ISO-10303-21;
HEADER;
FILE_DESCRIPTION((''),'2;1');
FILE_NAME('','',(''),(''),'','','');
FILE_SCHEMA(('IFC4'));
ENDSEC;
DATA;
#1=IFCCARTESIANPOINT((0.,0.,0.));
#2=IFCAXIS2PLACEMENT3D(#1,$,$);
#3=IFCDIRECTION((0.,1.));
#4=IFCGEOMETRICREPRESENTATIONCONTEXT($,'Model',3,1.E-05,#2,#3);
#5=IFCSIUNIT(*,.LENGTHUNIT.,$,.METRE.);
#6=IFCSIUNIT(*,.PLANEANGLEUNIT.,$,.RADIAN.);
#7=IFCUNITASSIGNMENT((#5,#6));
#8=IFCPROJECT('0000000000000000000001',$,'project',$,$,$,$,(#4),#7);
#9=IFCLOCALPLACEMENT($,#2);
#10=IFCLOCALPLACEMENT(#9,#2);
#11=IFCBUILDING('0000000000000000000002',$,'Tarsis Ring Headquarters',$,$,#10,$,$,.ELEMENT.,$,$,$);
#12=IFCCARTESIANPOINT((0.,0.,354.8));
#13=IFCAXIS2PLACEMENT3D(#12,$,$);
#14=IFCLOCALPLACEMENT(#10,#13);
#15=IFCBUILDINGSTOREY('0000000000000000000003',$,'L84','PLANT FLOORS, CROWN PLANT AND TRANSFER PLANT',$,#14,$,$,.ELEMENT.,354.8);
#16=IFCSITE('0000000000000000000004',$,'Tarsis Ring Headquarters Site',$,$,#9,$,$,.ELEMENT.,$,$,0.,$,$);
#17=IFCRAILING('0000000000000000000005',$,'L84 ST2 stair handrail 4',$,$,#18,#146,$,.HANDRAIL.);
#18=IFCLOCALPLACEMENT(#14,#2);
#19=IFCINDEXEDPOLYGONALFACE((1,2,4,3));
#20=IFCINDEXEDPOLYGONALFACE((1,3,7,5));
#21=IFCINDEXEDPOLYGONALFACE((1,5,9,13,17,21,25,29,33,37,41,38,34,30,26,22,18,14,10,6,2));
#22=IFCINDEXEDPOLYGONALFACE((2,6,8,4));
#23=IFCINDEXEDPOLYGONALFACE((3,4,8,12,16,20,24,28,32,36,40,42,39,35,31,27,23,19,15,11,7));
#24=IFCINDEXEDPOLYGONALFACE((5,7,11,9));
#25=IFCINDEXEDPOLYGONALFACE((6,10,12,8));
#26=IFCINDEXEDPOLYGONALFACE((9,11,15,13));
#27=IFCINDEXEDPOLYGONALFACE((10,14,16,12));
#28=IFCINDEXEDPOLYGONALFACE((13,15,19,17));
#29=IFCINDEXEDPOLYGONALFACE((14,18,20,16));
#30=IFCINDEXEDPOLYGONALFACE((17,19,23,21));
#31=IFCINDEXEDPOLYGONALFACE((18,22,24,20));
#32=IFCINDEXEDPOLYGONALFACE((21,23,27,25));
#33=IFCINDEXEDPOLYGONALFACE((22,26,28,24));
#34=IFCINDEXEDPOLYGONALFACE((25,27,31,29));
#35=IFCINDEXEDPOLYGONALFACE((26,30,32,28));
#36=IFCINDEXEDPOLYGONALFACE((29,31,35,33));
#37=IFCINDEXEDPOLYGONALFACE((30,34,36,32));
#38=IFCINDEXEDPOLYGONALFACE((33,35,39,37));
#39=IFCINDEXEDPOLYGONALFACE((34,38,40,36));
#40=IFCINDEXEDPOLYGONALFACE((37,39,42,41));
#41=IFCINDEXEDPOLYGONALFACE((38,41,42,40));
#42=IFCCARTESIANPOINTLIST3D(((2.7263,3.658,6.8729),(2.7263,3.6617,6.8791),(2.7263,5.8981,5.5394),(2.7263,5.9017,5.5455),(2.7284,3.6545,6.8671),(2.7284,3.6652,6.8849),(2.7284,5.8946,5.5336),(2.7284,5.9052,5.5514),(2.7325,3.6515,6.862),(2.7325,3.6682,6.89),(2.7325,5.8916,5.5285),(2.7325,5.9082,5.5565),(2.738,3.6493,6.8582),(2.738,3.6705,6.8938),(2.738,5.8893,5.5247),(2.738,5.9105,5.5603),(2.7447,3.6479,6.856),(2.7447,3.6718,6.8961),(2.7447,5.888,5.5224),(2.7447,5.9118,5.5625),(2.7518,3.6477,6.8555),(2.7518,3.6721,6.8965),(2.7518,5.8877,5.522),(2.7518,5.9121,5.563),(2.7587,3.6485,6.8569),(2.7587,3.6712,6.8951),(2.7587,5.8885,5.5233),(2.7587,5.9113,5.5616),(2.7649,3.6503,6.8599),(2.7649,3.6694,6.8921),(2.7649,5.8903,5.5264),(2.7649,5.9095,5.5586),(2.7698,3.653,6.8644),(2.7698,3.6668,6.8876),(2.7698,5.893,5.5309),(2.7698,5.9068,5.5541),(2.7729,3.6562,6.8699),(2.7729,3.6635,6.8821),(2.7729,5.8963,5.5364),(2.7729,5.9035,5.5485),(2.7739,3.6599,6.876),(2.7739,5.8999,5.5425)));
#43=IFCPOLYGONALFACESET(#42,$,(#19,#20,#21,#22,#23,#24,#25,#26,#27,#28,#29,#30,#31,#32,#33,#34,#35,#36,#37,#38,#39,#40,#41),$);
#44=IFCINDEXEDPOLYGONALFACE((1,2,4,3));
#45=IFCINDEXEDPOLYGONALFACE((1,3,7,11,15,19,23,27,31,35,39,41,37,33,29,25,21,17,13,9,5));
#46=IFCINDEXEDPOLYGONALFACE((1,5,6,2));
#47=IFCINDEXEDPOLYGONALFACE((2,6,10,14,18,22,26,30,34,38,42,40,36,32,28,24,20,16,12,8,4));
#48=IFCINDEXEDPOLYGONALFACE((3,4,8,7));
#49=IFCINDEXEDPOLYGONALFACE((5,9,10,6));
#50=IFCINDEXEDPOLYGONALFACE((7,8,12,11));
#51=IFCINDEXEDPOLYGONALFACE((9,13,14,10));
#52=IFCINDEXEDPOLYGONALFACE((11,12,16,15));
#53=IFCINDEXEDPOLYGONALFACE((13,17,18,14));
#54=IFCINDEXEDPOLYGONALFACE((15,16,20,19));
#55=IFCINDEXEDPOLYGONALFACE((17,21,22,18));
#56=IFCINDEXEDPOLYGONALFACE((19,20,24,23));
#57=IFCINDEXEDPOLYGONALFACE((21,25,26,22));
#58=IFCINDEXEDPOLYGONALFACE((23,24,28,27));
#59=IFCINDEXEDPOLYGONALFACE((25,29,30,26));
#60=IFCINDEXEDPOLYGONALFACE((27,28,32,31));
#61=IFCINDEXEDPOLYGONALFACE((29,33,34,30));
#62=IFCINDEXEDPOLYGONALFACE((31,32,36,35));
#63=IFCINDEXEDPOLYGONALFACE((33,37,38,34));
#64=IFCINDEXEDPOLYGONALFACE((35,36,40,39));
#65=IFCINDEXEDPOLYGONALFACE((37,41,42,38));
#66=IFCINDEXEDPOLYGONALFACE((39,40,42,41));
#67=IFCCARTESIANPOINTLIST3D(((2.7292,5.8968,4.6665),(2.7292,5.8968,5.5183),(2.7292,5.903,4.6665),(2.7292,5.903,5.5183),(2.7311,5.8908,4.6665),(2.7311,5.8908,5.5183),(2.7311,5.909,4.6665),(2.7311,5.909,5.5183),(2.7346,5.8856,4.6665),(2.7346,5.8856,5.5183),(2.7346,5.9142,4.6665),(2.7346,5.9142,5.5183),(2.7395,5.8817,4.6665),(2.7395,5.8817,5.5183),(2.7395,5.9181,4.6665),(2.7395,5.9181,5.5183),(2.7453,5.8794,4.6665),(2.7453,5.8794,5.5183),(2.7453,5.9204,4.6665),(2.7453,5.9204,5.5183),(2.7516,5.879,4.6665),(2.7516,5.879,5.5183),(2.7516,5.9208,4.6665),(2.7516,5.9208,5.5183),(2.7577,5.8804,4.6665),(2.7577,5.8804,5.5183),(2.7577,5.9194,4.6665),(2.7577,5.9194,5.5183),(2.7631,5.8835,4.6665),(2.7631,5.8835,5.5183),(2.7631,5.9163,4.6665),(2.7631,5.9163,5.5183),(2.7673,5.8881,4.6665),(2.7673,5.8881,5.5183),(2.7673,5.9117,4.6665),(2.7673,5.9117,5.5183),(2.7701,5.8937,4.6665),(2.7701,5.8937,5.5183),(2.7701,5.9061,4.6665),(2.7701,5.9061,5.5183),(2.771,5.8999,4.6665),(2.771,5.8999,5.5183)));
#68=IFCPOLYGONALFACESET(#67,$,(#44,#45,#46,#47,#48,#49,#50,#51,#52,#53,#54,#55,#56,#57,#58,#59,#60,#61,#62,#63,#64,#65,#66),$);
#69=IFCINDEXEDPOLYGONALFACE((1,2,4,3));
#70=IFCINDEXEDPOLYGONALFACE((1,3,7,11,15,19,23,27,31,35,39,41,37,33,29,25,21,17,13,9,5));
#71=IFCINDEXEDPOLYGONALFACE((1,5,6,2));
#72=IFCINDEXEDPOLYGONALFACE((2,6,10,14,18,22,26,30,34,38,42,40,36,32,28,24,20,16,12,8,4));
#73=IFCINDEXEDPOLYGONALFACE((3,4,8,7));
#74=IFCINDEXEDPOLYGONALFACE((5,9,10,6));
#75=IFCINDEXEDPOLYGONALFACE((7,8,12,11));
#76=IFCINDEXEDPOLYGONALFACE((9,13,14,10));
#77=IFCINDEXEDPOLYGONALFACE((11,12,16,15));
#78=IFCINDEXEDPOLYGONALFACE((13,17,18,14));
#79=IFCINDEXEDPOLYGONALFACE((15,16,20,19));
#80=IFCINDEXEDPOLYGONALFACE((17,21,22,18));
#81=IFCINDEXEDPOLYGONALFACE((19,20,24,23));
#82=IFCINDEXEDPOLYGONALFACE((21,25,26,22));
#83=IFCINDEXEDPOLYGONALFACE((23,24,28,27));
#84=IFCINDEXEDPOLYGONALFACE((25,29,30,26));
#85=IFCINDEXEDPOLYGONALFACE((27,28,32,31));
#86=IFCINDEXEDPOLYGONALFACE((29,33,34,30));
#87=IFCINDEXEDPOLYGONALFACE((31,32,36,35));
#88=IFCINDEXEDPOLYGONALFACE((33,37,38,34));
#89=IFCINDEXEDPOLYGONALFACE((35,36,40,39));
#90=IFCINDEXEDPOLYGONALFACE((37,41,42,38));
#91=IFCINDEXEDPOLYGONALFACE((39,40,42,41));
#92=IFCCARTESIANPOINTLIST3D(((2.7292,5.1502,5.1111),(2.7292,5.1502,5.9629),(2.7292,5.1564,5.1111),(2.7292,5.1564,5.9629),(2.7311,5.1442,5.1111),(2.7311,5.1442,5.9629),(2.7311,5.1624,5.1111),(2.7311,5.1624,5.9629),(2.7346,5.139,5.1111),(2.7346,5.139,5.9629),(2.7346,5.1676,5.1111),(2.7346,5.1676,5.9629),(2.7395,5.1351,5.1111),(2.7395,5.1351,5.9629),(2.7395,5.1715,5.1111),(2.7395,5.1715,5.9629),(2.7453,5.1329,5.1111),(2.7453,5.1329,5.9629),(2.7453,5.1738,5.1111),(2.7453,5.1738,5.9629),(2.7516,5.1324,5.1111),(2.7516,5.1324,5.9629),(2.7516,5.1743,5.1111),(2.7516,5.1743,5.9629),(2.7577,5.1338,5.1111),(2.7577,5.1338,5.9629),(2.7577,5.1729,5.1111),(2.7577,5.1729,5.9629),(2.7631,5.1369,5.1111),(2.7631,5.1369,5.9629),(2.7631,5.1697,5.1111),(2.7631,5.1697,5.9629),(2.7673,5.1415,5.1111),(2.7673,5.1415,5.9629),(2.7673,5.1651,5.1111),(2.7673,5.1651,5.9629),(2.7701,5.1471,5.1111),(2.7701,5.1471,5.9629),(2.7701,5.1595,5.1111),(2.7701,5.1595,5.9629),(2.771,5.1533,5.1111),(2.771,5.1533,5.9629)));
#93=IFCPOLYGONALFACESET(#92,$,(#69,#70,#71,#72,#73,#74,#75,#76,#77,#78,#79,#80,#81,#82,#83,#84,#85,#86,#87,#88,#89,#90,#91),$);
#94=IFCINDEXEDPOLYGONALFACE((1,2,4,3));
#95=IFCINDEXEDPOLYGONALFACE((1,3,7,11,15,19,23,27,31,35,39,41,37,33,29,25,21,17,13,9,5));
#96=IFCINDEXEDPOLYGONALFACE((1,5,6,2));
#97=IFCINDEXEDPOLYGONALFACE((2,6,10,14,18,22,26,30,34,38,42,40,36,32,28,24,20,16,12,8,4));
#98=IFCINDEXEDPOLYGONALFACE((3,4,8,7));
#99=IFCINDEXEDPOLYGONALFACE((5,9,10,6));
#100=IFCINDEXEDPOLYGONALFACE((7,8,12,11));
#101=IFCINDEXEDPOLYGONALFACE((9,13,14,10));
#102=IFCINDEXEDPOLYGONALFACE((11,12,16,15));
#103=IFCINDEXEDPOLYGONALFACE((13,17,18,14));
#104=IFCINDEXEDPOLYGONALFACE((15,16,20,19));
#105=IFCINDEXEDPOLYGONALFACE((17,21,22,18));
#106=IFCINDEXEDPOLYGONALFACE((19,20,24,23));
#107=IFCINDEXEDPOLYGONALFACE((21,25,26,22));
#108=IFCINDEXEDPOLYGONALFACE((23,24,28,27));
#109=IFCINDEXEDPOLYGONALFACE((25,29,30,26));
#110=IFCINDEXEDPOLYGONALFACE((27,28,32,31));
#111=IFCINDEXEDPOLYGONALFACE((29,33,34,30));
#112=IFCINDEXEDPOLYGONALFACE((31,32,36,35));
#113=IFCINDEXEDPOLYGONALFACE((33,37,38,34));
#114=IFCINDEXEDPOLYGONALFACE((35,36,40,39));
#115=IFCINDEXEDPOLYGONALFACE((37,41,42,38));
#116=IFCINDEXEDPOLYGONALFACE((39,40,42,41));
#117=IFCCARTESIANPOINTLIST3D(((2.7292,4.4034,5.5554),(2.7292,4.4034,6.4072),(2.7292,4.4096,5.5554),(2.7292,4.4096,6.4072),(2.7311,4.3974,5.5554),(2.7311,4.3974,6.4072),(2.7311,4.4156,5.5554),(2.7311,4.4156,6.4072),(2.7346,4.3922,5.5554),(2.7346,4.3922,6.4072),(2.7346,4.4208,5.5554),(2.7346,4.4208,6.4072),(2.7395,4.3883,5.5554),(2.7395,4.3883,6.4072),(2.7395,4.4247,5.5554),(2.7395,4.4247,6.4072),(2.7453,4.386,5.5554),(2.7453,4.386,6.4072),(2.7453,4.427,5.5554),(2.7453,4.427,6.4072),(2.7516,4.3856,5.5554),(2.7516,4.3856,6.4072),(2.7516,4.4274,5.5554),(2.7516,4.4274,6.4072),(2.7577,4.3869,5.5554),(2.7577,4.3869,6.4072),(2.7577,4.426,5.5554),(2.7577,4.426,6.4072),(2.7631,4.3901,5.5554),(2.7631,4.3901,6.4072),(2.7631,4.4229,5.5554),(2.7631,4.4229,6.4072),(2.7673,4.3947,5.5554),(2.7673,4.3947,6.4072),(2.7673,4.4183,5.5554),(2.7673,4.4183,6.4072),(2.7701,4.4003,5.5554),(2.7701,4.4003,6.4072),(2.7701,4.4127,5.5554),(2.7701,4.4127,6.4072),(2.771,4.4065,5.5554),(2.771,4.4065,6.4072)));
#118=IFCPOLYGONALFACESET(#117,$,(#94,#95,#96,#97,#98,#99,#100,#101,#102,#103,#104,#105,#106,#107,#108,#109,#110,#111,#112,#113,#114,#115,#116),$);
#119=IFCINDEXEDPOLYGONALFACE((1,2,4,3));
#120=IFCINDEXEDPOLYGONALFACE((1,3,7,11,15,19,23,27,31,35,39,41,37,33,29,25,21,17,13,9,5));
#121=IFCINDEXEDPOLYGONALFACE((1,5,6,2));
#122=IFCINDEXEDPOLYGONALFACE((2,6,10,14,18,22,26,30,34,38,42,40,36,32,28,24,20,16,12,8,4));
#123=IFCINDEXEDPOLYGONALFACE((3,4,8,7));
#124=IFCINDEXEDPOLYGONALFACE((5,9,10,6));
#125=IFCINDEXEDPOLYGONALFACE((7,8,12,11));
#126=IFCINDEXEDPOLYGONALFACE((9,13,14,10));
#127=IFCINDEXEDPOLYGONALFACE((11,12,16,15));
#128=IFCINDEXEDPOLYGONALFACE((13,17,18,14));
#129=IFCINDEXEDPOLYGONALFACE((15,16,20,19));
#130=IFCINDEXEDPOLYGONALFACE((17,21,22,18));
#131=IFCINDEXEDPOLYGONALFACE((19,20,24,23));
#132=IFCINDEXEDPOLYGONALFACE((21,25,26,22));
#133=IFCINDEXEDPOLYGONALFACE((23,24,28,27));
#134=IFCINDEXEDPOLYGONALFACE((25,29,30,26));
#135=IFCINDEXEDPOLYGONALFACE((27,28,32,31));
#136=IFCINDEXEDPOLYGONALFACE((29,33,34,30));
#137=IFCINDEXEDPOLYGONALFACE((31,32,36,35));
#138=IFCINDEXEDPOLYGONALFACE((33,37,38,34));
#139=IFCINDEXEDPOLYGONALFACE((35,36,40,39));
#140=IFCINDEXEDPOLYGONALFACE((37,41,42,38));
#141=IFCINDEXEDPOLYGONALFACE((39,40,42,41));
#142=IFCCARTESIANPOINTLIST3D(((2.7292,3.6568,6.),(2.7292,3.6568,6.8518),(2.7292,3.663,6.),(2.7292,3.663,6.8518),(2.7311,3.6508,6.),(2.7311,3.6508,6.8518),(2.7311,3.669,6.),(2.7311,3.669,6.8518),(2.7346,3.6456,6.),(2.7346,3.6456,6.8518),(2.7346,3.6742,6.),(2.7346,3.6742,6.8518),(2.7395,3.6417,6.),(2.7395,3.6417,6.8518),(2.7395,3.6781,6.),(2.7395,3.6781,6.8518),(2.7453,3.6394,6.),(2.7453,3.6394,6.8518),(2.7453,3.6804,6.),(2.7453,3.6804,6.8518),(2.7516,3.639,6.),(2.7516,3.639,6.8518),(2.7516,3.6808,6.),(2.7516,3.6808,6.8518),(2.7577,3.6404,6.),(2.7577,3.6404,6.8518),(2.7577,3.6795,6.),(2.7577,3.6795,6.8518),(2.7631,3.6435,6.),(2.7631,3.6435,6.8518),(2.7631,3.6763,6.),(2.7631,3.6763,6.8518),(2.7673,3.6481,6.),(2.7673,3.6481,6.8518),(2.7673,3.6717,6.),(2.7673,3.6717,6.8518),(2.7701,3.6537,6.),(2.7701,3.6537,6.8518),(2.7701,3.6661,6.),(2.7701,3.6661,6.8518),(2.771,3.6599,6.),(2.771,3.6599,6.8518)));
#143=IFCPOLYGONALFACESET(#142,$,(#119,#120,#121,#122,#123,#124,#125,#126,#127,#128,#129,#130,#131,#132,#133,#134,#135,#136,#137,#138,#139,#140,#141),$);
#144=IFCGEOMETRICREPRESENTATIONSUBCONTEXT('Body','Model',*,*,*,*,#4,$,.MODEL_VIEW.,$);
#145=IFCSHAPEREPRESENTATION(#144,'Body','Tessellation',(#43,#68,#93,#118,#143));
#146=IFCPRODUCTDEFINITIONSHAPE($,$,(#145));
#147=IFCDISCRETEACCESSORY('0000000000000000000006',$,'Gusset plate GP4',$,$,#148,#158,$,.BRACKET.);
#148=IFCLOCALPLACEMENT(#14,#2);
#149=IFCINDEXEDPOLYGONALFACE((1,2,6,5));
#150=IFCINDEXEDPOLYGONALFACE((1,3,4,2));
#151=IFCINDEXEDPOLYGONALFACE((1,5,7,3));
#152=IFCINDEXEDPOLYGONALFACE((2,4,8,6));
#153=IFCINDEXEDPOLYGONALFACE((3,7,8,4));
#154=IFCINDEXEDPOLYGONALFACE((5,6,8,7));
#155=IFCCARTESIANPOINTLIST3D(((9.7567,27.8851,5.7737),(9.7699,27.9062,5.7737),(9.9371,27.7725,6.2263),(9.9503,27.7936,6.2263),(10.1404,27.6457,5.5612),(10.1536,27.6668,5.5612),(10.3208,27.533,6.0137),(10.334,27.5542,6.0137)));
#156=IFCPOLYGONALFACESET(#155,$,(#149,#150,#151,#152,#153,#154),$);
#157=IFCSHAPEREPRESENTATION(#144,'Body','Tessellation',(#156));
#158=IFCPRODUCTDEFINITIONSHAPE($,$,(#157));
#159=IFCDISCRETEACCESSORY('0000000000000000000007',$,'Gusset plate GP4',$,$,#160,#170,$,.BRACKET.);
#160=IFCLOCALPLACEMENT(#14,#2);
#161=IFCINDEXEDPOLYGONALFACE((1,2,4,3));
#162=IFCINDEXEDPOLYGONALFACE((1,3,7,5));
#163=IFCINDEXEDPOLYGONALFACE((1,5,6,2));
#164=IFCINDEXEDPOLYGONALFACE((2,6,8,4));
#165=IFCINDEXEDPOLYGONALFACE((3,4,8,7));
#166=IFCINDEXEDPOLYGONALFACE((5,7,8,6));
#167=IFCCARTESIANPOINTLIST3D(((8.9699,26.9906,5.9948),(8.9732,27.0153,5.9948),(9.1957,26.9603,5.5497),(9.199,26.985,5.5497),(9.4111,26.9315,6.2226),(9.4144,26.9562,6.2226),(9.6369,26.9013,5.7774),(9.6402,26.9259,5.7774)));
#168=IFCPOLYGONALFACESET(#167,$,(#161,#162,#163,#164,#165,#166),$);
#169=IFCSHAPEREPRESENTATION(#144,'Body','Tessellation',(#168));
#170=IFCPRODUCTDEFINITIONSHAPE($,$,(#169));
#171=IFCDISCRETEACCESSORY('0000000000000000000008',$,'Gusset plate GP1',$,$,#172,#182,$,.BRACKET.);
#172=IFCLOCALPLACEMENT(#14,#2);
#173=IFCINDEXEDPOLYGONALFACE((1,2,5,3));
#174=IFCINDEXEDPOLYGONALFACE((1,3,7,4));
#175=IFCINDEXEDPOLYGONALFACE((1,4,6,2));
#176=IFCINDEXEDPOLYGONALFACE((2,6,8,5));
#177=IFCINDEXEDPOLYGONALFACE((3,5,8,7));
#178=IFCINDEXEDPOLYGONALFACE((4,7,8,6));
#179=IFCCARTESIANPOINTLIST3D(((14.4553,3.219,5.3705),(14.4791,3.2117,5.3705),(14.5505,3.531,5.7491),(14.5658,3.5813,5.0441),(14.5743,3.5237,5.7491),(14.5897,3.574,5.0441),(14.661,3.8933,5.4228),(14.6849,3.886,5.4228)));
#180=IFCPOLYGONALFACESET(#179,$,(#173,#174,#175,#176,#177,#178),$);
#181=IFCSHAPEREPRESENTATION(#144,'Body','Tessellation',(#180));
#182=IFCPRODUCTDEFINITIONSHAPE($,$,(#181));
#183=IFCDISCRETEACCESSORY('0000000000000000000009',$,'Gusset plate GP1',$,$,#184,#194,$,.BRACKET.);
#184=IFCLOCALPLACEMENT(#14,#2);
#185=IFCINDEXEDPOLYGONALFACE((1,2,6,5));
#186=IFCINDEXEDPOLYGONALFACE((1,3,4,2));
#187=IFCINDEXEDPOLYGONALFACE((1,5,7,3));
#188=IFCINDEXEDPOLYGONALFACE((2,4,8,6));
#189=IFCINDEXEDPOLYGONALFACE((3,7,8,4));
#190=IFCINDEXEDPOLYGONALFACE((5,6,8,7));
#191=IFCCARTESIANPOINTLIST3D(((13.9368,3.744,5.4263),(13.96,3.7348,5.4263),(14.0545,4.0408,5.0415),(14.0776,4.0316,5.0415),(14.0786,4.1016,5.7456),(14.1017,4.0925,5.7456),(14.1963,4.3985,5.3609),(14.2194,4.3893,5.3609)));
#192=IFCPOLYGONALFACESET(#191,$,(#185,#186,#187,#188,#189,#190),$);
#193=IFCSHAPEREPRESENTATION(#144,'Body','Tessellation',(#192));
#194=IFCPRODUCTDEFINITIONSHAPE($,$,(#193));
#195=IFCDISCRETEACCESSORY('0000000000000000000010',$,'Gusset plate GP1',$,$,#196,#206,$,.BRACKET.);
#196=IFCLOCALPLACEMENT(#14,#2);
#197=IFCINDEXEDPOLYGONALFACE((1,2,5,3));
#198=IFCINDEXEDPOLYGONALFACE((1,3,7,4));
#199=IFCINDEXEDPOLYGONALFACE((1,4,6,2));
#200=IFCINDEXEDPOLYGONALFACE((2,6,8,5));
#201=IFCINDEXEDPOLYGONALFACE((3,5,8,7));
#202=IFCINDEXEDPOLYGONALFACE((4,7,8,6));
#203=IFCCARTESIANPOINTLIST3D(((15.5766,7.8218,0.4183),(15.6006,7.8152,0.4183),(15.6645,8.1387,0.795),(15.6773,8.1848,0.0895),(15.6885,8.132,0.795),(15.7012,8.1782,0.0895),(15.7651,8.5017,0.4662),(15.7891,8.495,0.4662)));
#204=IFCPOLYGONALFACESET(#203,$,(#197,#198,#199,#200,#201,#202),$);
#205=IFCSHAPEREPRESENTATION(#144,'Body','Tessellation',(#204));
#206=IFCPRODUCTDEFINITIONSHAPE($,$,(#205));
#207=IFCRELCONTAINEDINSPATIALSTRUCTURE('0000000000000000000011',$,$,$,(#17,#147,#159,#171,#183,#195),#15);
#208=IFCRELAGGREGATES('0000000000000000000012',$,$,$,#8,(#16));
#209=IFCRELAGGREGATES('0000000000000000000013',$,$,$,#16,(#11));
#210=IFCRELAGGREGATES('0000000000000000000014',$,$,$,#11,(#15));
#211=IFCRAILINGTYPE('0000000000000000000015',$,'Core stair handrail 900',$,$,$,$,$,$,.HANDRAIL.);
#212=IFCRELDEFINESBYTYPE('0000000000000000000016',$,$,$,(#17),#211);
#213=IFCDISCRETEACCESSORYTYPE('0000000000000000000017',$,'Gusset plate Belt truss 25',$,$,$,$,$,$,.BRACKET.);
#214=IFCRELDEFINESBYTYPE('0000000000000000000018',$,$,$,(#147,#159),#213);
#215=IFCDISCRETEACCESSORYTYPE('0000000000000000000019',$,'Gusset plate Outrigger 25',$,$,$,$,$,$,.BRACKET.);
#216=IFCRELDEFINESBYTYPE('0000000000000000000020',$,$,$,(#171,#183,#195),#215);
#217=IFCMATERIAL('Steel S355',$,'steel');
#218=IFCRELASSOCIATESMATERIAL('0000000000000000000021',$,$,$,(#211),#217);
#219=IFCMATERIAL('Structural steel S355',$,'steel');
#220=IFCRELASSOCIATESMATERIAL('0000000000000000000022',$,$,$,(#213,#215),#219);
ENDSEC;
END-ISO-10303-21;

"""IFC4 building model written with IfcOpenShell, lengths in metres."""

from ifc_helpers import new_model, si_unit, direction, frame, origin, origin_2d, place, context, subcontext, project, spatial, rectangle, circle, extrude, material, material_profile, profile_set, type_object, element, save


model = new_model("IFC4")

# Units and contexts
model_context = context("Model", 3, precision=1e-05, world=origin(), true_north=direction((0.0, 1.0)))
body_context = subcontext(model_context, "Body", "Model", "MODEL_VIEW")
ifc_project = project(units=[si_unit("LENGTHUNIT", "METRE"), si_unit("PLANEANGLEUNIT", "RADIAN")], contexts=[model_context])

# Site, building, storey
site_placement = place(None, origin())
site = spatial("IfcSite", under=ifc_project, at=site_placement, Name="Tarsis Ring Headquarters Site", CompositionType="ELEMENT", RefElevation=0.0)
building_placement = place(site_placement, origin())
building = spatial("IfcBuilding", under=site, at=building_placement, Name="Tarsis Ring Headquarters", CompositionType="ELEMENT")
storey_placement = place(building_placement, frame((0.0, 0.0, 354.8)))
storey = spatial("IfcBuildingStorey", under=building, at=storey_placement, Name="L84", Description="PLANT FLOORS, CROWN PLANT AND TRANSFER PLANT", CompositionType="ELEMENT", Elevation=354.8)

# Shared definitions
ifc_material_1 = material(Name="Structural steel S355", Category="steel")

# Railing
ifc_material_2 = material(Name="Steel S355", Category="steel")
railing_type_1 = type_object("IfcRailingType", Name="Core stair handrail 900", PredefinedType="HANDRAIL", material=ifc_material_2)
railing_1_placement = place(storey_placement, frame((2.75, 5.8999, 4.6665)))
element("IfcRailing", 1, at=railing_1_placement, inside=storey, type_object=railing_type_1, Name="L84 ST2 stair handrail 4", PredefinedType="HANDRAIL", context=body_context, shape_type="SweptSolid", body=[
    extrude(circle(Radius=0.0239, at=origin_2d()), frame((0.0, 0.0, 0.876), z_axis=(0.0, -0.859264, 0.511532), x_axis=(1.0, 0.0, 0.0)), (0.0, 0.0, 1.0), 2.6069),
    extrude(circle(Radius=0.021, at=origin_2d()), origin(), (0.0, 0.0, 1.0), 0.8518),
    extrude(circle(Radius=0.021, at=origin_2d()), frame((0.0, -0.7466, 0.4446)), (0.0, 0.0, 1.0), 0.8518),
    extrude(circle(Radius=0.021, at=origin_2d()), frame((0.0, -1.4934, 0.8889)), (0.0, 0.0, 1.0), 0.8518),
    extrude(circle(Radius=0.021, at=origin_2d()), frame((0.0, -2.24, 1.3335)), (0.0, 0.0, 1.0), 0.8518),
])

# Discrete accessories
ifc_material_profile_1 = material_profile(ifc_material_1, rectangle(XDim=0.0249, YDim=0.5, at=origin_2d()), Name="PL 25x500")
ifc_profile_set_1 = profile_set([ifc_material_profile_1], Name="Structural steel S355")
discrete_accessory_type_1 = type_object("IfcDiscreteAccessoryType", Name="Gusset plate Belt truss 25", PredefinedType="BRACKET", material=ifc_profile_set_1)
discrete_accessory_1_placement = place(storey_placement, frame((9.8535, 27.8394, 6.0), z_axis=(0.767772, -0.479125, -0.4254), x_axis=(0.529417, 0.848362, 0.0)))
element("IfcDiscreteAccessory", 2, at=discrete_accessory_1_placement, inside=storey, type_object=discrete_accessory_type_1, Name="Gusset plate GP4", PredefinedType="BRACKET", context=body_context, shape_type="SweptSolid", body=[
    extrude(rectangle(XDim=0.0249, YDim=0.5, at=origin_2d()), origin(), (0.0, 0.0, 1.0), 0.4998),
])
discrete_accessory_2_placement = place(storey_placement, frame((9.5256, 26.9287, 6.0), z_axis=(-0.882324, 0.118164, -0.455567), x_axis=(-0.132739, -0.991151, 0.0)))
element("IfcDiscreteAccessory", 3, at=discrete_accessory_2_placement, inside=storey, type_object=discrete_accessory_type_1, Name="Gusset plate GP4", PredefinedType="BRACKET", context=body_context, shape_type="SweptSolid", body=[
    extrude(rectangle(XDim=0.0249, YDim=0.5, at=origin_2d()), origin(), (0.0, 0.0, 1.0), 0.5),
])
discrete_accessory_type_2 = type_object("IfcDiscreteAccessoryType", Name="Gusset plate Outrigger 25", PredefinedType="BRACKET", material=ifc_profile_set_1)
discrete_accessory_3_placement = place(storey_placement, frame((14.6177, 3.7085, 5.5859), z_axis=(-0.190505, -0.62427, -0.757624), x_axis=(0.956456, -0.291876, 0.0)))
element("IfcDiscreteAccessory", 4, at=discrete_accessory_3_placement, inside=storey, type_object=discrete_accessory_type_2, Name="Gusset plate GP1", PredefinedType="BRACKET", context=body_context, shape_type="SweptSolid", body=[
    extrude(rectangle(XDim=0.0249, YDim=0.5, at=origin_2d()), origin(), (0.0, 0.0, 1.0), 0.4998),
])
for number, where, z_axis, x_axis, name in (
    (5, (14.0193, 3.9182, 5.5859), (0.235339, 0.593718, -0.76949), (-0.929632, 0.368489, 0.0), "Gusset plate GP1"),
    (6, (15.6389, 8.0, 0.2539), (0.175761, 0.633717, 0.753333), (-0.963624, 0.267261, 0.0), "Gusset plate GP1"),
):
    element("IfcDiscreteAccessory", number, at=place(storey_placement, frame(where, z_axis=z_axis, x_axis=x_axis)), inside=storey, type_object=discrete_accessory_type_2, Name=name, PredefinedType="BRACKET", context=body_context, shape_type="SweptSolid", body=[
        extrude(rectangle(XDim=0.0249, YDim=0.5, at=origin_2d()), origin(), (0.0, 0.0, 1.0), 0.5),
    ])

save(model, "model.ifc")
